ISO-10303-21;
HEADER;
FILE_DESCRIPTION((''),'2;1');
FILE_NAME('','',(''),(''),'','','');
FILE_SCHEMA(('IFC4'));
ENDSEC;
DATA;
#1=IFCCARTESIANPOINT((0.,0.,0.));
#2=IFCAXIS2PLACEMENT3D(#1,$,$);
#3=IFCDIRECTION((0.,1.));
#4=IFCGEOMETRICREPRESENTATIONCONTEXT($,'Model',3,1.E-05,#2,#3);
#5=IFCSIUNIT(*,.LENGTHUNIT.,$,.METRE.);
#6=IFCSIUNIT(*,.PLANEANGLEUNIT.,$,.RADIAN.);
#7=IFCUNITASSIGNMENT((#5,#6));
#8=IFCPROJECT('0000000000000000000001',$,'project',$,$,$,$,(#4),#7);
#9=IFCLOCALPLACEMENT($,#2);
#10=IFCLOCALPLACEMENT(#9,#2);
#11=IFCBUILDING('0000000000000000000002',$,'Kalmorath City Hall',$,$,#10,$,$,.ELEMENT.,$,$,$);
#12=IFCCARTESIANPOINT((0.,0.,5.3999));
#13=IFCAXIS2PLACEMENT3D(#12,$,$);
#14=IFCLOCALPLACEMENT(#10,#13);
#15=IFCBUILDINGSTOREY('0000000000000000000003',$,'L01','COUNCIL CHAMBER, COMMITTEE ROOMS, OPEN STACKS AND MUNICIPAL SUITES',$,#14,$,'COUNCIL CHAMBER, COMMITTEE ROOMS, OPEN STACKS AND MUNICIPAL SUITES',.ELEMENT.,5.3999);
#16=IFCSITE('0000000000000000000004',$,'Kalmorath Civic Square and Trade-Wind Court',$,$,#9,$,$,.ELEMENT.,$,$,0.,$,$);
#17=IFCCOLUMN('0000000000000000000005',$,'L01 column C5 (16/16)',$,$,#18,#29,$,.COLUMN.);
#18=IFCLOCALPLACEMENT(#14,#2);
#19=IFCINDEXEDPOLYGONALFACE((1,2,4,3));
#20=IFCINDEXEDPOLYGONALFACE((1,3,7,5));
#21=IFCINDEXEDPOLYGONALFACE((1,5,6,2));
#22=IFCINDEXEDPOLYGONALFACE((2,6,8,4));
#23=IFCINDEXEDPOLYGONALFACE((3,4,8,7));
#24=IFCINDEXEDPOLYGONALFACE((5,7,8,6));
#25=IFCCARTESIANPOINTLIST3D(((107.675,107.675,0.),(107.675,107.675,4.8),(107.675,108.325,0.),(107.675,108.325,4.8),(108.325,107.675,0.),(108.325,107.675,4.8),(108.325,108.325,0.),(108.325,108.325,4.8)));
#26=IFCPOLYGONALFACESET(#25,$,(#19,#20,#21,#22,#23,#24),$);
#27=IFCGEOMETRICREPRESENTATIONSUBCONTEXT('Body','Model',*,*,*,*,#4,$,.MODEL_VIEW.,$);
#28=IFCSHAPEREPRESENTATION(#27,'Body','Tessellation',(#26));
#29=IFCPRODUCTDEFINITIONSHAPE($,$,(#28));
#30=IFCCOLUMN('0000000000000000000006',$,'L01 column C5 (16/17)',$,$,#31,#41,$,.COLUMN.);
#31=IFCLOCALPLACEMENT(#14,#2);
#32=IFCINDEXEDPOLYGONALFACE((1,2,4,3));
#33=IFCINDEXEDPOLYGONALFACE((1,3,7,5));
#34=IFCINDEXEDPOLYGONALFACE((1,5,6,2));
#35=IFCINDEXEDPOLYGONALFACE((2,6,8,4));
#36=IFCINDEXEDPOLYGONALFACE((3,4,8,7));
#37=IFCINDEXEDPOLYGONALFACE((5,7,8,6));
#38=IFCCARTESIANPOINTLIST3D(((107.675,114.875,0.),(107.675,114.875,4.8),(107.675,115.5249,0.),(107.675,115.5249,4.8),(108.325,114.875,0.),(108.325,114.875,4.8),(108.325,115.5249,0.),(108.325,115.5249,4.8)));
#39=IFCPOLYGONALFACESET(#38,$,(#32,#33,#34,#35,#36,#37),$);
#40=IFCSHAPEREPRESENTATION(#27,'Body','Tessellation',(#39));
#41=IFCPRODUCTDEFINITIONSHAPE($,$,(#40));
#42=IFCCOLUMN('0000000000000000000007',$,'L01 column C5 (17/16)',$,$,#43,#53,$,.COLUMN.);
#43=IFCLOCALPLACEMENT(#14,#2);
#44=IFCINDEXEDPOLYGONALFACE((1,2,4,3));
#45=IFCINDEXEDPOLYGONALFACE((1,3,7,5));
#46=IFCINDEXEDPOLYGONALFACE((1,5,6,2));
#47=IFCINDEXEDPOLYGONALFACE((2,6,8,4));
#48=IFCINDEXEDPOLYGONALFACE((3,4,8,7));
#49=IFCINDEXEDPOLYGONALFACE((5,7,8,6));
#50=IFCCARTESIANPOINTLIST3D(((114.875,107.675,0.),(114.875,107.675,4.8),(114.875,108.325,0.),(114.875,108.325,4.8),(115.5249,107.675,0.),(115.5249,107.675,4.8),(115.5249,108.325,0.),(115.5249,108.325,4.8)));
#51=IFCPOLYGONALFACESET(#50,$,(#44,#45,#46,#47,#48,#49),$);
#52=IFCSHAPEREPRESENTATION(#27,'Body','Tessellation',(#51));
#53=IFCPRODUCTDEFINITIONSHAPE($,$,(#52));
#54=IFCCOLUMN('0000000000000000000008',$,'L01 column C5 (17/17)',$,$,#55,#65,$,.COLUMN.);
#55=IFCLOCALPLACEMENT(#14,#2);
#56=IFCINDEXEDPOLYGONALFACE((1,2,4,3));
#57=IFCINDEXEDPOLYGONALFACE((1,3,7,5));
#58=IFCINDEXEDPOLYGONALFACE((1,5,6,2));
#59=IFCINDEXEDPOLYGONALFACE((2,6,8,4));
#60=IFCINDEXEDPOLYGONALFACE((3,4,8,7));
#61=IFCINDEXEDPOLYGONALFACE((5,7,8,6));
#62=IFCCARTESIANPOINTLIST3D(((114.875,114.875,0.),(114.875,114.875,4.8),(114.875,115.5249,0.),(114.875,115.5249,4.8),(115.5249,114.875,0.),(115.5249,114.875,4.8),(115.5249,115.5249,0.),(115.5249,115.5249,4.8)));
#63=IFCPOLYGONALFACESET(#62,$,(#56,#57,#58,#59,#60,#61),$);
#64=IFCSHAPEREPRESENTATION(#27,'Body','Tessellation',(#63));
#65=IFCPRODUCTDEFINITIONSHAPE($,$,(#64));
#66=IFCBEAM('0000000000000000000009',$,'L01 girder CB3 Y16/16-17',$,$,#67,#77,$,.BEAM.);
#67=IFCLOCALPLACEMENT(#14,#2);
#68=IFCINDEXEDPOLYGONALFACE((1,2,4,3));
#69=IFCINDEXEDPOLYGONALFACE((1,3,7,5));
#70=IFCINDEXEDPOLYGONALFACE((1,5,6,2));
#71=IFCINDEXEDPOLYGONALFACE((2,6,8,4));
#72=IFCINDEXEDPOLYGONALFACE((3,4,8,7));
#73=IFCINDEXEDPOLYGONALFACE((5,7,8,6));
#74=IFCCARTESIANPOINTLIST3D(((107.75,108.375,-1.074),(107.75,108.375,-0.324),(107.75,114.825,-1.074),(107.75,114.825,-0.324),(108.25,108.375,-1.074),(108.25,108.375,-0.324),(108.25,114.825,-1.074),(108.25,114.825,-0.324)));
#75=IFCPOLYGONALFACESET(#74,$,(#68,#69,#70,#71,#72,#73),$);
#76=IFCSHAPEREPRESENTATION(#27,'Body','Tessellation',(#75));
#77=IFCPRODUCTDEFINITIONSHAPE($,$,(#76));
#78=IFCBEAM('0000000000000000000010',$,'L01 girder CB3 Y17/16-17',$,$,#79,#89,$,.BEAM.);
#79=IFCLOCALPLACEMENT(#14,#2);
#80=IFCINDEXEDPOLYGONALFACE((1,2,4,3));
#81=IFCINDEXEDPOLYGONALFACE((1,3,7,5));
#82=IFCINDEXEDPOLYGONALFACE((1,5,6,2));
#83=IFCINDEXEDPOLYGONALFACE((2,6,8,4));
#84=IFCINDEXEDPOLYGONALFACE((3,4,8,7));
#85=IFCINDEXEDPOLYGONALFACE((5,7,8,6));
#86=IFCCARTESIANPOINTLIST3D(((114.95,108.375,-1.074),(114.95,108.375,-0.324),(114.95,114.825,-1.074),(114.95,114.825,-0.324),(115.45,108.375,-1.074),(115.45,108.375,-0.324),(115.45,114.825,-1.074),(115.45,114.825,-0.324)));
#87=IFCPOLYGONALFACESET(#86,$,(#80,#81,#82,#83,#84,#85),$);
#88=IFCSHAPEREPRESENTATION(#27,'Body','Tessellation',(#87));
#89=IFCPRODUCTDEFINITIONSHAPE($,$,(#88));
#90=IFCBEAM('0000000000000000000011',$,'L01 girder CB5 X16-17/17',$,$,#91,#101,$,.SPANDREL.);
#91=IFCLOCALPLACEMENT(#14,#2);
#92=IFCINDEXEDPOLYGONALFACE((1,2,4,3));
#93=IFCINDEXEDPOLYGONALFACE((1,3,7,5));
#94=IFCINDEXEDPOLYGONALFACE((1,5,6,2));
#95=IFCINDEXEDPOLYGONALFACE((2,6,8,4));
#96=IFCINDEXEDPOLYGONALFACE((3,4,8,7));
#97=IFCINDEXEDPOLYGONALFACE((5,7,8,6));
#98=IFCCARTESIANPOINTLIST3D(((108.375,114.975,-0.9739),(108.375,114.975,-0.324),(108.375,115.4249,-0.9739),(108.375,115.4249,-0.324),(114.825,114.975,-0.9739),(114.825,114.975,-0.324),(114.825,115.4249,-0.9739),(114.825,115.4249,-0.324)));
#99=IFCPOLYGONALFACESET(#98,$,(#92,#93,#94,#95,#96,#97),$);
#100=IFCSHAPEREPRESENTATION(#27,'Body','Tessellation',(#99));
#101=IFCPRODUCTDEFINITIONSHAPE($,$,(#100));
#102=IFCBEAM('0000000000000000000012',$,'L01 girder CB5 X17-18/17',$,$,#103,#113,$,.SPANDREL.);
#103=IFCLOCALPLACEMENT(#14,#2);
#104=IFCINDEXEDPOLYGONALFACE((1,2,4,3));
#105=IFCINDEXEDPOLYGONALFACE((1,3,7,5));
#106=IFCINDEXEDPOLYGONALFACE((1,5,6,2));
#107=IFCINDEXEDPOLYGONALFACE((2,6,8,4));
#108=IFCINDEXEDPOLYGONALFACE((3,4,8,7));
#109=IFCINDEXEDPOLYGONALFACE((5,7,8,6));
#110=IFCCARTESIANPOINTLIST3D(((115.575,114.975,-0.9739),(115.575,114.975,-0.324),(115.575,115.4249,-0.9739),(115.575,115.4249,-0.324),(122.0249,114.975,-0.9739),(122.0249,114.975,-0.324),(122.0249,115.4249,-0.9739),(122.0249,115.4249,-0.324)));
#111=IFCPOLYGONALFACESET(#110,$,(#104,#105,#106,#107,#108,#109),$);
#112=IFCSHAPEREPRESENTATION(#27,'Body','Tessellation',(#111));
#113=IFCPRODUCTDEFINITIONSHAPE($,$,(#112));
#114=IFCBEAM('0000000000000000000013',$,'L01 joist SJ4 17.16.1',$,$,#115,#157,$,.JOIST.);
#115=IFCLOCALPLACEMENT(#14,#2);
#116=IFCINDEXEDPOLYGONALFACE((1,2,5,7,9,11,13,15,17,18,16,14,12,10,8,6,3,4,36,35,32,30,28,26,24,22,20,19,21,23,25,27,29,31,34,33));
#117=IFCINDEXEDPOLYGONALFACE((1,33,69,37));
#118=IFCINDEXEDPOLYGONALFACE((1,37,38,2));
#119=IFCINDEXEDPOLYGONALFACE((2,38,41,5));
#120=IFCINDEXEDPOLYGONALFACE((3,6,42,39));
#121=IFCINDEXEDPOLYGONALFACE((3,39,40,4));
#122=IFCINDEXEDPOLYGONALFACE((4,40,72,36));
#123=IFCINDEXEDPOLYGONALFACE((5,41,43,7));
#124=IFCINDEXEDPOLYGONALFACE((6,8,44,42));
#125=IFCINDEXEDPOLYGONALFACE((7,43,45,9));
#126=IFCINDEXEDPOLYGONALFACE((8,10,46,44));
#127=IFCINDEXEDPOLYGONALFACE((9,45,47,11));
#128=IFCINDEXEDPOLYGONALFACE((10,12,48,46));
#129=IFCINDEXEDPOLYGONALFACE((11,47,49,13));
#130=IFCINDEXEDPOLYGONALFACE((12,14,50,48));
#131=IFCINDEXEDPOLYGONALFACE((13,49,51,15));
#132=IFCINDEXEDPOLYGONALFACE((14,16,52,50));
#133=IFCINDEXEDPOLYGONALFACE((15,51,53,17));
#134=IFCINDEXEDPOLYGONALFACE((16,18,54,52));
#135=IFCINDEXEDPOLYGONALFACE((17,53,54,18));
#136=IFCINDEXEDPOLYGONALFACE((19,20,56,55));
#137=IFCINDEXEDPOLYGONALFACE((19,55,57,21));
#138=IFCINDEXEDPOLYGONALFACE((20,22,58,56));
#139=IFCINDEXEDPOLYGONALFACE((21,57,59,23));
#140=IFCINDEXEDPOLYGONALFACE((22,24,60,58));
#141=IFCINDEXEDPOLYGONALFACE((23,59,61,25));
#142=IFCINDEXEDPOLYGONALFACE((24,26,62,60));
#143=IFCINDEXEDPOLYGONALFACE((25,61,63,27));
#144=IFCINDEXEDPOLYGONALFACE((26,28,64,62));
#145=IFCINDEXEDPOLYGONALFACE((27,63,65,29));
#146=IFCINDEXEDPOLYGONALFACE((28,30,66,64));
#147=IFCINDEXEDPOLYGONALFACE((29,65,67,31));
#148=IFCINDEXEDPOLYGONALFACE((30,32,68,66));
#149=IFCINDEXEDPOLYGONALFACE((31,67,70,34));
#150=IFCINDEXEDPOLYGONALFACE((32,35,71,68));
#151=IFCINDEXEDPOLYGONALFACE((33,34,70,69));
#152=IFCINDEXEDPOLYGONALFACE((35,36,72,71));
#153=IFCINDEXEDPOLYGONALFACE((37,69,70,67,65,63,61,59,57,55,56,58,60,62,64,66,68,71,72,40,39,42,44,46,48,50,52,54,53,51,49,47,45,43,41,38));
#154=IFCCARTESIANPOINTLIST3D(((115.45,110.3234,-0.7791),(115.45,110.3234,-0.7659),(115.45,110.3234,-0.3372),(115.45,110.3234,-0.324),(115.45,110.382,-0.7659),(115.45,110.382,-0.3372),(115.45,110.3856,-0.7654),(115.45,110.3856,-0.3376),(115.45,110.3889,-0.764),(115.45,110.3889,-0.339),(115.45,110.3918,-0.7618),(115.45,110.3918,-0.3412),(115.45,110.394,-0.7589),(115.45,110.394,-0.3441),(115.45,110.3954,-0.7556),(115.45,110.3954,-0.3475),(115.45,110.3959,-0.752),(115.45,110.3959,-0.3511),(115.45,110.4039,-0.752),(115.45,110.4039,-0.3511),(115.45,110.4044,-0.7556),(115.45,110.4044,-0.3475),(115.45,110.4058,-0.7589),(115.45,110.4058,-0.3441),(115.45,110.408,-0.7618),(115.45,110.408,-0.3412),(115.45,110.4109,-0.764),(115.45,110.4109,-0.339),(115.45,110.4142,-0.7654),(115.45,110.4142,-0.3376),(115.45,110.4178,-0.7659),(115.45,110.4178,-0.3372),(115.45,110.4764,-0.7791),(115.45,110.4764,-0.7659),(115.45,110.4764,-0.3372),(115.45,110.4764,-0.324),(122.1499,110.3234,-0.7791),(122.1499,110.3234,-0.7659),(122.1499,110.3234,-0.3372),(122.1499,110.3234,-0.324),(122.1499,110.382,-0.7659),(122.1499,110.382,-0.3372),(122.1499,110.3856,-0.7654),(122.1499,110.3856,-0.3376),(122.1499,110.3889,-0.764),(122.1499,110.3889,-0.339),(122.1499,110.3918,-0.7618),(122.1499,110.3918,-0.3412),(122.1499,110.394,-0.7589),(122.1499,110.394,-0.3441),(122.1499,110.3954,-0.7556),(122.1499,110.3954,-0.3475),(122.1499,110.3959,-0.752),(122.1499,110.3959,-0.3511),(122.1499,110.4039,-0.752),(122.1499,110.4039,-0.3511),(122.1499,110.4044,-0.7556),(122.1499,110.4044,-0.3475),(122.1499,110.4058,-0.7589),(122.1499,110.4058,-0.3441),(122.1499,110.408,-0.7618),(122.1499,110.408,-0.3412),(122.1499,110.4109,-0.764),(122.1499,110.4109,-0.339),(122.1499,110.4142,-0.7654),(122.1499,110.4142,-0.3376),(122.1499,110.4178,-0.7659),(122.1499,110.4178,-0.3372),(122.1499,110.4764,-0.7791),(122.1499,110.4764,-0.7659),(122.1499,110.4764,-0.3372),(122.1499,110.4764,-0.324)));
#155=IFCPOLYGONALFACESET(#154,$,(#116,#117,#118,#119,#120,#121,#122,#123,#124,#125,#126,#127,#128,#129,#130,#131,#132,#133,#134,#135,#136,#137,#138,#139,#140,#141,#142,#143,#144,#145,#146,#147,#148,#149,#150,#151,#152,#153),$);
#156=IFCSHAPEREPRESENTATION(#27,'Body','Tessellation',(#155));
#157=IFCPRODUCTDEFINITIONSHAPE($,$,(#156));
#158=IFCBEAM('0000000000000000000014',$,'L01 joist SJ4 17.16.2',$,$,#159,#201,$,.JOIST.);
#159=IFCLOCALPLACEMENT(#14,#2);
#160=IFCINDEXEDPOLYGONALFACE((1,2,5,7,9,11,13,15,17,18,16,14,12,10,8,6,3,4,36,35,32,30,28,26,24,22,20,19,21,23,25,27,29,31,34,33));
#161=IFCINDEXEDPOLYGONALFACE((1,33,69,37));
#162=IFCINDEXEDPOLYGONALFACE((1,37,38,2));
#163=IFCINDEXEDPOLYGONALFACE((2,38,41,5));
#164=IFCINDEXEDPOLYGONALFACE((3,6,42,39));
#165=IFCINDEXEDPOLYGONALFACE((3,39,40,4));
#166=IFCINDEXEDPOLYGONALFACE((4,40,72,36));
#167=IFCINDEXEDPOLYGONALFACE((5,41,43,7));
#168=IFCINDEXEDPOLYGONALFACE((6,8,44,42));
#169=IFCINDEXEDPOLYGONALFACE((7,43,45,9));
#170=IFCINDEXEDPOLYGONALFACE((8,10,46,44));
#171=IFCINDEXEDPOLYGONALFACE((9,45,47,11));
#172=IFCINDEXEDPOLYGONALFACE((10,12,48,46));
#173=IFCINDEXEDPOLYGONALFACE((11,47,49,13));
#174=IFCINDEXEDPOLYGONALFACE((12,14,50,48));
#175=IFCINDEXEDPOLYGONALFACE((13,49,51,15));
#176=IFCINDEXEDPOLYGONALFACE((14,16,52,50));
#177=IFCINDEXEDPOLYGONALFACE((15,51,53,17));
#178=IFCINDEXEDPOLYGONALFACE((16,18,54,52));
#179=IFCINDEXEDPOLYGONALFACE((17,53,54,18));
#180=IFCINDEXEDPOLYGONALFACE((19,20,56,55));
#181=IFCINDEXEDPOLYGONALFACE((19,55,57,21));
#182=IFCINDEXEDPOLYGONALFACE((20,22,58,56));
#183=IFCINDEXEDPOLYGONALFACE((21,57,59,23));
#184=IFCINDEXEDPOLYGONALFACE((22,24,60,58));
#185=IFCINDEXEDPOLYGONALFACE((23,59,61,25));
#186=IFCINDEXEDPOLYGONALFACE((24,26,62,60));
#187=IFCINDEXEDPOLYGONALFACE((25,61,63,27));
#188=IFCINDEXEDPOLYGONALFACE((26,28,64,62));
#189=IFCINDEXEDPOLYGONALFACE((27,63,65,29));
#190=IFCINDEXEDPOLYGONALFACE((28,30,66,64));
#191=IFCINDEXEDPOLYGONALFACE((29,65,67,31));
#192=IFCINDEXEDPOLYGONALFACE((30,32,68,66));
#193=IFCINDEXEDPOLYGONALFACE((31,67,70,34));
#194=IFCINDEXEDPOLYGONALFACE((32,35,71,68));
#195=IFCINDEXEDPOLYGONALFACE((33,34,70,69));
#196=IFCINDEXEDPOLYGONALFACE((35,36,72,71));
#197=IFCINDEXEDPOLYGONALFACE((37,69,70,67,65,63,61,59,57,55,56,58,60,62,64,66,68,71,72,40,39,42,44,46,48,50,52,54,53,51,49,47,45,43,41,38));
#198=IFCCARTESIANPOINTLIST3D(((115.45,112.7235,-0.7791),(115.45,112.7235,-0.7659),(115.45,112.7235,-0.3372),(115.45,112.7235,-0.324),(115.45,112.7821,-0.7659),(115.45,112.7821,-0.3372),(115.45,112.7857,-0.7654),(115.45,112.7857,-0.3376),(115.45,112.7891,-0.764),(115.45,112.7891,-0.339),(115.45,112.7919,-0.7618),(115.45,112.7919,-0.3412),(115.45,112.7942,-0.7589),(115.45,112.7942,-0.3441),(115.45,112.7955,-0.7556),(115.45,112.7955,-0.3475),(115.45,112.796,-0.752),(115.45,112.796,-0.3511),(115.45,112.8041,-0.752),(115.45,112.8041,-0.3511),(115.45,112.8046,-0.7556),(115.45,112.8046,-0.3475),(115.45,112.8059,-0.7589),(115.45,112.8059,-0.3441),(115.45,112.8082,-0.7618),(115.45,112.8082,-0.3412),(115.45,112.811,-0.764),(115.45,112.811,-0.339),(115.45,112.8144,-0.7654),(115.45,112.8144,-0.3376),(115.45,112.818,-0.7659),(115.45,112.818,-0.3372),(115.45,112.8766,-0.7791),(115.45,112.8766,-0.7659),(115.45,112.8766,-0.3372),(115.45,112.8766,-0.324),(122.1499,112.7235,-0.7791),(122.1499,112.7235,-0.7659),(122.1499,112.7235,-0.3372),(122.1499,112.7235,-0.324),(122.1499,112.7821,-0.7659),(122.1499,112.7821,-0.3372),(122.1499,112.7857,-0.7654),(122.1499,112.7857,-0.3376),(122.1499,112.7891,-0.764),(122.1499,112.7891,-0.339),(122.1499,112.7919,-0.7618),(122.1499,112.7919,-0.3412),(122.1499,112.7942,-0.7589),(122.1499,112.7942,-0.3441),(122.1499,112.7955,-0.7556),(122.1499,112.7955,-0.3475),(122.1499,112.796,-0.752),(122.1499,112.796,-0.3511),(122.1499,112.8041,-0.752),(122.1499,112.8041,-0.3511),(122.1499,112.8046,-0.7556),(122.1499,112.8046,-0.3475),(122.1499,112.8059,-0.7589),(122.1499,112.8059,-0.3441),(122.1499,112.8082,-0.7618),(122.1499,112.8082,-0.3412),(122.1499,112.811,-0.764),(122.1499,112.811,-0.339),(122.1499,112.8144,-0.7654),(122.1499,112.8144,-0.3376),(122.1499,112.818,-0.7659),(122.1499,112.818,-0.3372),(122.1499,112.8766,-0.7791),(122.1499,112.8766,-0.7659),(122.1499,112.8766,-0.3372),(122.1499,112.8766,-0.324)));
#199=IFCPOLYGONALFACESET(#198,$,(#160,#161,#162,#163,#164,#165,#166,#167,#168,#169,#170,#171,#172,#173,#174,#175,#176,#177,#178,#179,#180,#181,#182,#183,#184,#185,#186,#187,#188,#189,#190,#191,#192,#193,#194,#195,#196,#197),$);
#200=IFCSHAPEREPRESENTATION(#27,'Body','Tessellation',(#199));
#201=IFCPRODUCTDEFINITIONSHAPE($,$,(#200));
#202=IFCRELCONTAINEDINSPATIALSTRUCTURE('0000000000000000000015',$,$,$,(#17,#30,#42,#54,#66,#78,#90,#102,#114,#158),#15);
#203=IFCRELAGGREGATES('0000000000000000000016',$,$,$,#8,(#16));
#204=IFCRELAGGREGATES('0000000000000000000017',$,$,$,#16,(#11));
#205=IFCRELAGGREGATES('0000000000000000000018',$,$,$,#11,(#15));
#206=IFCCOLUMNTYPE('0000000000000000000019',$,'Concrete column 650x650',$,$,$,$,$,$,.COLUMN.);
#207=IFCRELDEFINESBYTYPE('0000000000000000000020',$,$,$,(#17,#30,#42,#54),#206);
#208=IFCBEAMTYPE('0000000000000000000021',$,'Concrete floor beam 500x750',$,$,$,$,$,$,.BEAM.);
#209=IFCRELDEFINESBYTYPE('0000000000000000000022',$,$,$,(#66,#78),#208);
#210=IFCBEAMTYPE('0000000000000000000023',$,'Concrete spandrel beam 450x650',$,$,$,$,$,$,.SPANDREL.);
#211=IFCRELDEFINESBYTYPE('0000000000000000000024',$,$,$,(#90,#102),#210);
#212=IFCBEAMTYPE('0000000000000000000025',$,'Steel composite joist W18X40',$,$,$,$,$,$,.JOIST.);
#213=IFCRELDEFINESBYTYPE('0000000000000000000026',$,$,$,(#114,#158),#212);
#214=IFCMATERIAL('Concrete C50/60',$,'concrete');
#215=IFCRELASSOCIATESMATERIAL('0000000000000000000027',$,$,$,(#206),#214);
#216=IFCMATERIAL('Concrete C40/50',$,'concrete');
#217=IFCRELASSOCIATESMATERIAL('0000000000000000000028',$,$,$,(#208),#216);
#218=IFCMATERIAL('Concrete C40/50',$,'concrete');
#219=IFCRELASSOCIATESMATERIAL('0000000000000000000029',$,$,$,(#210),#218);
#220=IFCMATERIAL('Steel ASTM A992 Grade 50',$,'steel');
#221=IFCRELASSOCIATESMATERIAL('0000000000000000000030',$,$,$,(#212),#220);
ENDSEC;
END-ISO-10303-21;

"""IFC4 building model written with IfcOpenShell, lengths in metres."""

from ifc_helpers import new_model, si_unit, direction, frame, origin, origin_2d, place, context, subcontext, project, spatial, rectangle, i_section, extrude, material, material_profile, profile_set, type_object, element, save


model = new_model("IFC4")

# Units and contexts
model_context = context("Model", 3, precision=1e-05, world=origin(), true_north=direction((0.0, 1.0)))
body_context = subcontext(model_context, "Body", "Model", "MODEL_VIEW")
ifc_project = project(units=[si_unit("LENGTHUNIT", "METRE"), si_unit("PLANEANGLEUNIT", "RADIAN")], contexts=[model_context])

# Site, building, storey
site_placement = place(None, origin())
site = spatial("IfcSite", under=ifc_project, at=site_placement, Name="Kalmorath Civic Square and Trade-Wind Court", CompositionType="ELEMENT", RefElevation=0.0)
building_placement = place(site_placement, origin())
building = spatial("IfcBuilding", under=site, at=building_placement, Name="Kalmorath City Hall", CompositionType="ELEMENT")
storey_placement = place(building_placement, frame((0.0, 0.0, 5.3999)))
storey = spatial("IfcBuildingStorey", under=building, at=storey_placement, Name="L01", Description="COUNCIL CHAMBER, COMMITTEE ROOMS, OPEN STACKS AND MUNICIPAL SUITES", LongName="COUNCIL CHAMBER, COMMITTEE ROOMS, OPEN STACKS AND MUNICIPAL SUITES", CompositionType="ELEMENT", Elevation=5.3999)

# Columns
ifc_material_1 = material(Name="Concrete C50/60", Category="concrete")
ifc_material_profile_1 = material_profile(ifc_material_1, rectangle(XDim=0.6499, YDim=0.6499, at=origin_2d()), Name="RC-COL-650X650")
ifc_profile_set_1 = profile_set([ifc_material_profile_1], Name="Concrete C50/60")
column_type = type_object("IfcColumnType", Name="Concrete column 650x650", PredefinedType="COLUMN", material=ifc_profile_set_1)
for number, where, z_axis, x_axis, name in (
    (1, (108.0, 108.0, 0.0), (0.0, 0.0, 1.0), (1.0, 0.0, 0.0), "L01 column C5 (16/16)"),
    (2, (108.0, 115.2, 0.0), (0.0, 0.0, 1.0), (1.0, 0.0, 0.0), "L01 column C5 (16/17)"),
    (3, (115.2, 108.0, 0.0), (0.0, 0.0, 1.0), (1.0, 0.0, 0.0), "L01 column C5 (17/16)"),
    (4, (115.2, 115.2, 0.0), (0.0, 0.0, 1.0), (1.0, 0.0, 0.0), "L01 column C5 (17/17)"),
):
    element("IfcColumn", number, at=place(storey_placement, frame(where, z_axis=z_axis, x_axis=x_axis)), inside=storey, type_object=column_type, Name=name, PredefinedType="COLUMN", context=body_context, shape_type="SweptSolid", body=[
        extrude(rectangle(XDim=0.6499, YDim=0.6499, at=origin_2d()), origin(), (0.0, 0.0, 1.0), 4.8),
    ])

# Beams
ifc_material_2 = material(Name="Concrete C40/50", Category="concrete")
ifc_material_profile_2 = material_profile(ifc_material_2, rectangle(XDim=0.5, YDim=0.75, at=origin_2d()), Name="RC-BM-500X750")
ifc_profile_set_2 = profile_set([ifc_material_profile_2], Name="Concrete C40/50")
beam_type_1 = type_object("IfcBeamType", Name="Concrete floor beam 500x750", PredefinedType="BEAM", material=ifc_profile_set_2)
for number, where, z_axis, x_axis, name in (
    (5, (108.0, 108.375, -0.699), (0.0, 1.0, 0.0), (-1.0, 0.0, 0.0), "L01 girder CB3 Y16/16-17"),
    (6, (115.2, 108.375, -0.699), (0.0, 1.0, 0.0), (-1.0, 0.0, 0.0), "L01 girder CB3 Y17/16-17"),
):
    element("IfcBeam", number, at=place(storey_placement, frame(where, z_axis=z_axis, x_axis=x_axis)), inside=storey, type_object=beam_type_1, Name=name, PredefinedType="BEAM", context=body_context, shape_type="SweptSolid", body=[
        extrude(rectangle(XDim=0.5, YDim=0.75, at=origin_2d()), origin(), (0.0, 0.0, 1.0), 6.45),
    ])
ifc_material_3 = material(Name="Concrete C40/50", Category="concrete")
ifc_material_profile_3 = material_profile(ifc_material_3, rectangle(XDim=0.45, YDim=0.6499, at=origin_2d()), Name="RC-BM-450X650")
ifc_profile_set_3 = profile_set([ifc_material_profile_3], Name="Concrete C40/50")
beam_type_2 = type_object("IfcBeamType", Name="Concrete spandrel beam 450x650", PredefinedType="SPANDREL", material=ifc_profile_set_3)
for number, where, z_axis, x_axis, name in (
    (7, (108.375, 115.2, -0.6489), (1.0, 0.0, 0.0), (0.0, 1.0, 0.0), "L01 girder CB5 X16-17/17"),
    (8, (115.575, 115.2, -0.6489), (1.0, 0.0, 0.0), (0.0, 1.0, 0.0), "L01 girder CB5 X17-18/17"),
):
    element("IfcBeam", number, at=place(storey_placement, frame(where, z_axis=z_axis, x_axis=x_axis)), inside=storey, type_object=beam_type_2, Name=name, PredefinedType="SPANDREL", context=body_context, shape_type="SweptSolid", body=[
        extrude(rectangle(XDim=0.45, YDim=0.6499, at=origin_2d()), origin(), (0.0, 0.0, 1.0), 6.45),
    ])
ifc_material_4 = material(Name="Steel ASTM A992 Grade 50", Category="steel")
ifc_material_profile_4 = material_profile(ifc_material_4, i_section(OverallWidth=0.1531, OverallDepth=0.4551, WebThickness=0.0081, FlangeThickness=0.0132, FilletRadius=0.0139, at=origin_2d()), Name="W18X40")
ifc_profile_set_4 = profile_set([ifc_material_profile_4], Name="Steel ASTM A992 Grade 50")
beam_type_3 = type_object("IfcBeamType", Name="Steel composite joist W18X40", PredefinedType="JOIST", material=ifc_profile_set_4)
for number, where, z_axis, x_axis, name in (
    (9, (115.45, 110.3999, -0.5515), (1.0, 0.0, 0.0), (0.0, 1.0, 0.0), "L01 joist SJ4 17.16.1"),
    (10, (115.45, 112.8, -0.5515), (1.0, 0.0, 0.0), (0.0, 1.0, 0.0), "L01 joist SJ4 17.16.2"),
):
    element("IfcBeam", number, at=place(storey_placement, frame(where, z_axis=z_axis, x_axis=x_axis)), inside=storey, type_object=beam_type_3, Name=name, PredefinedType="JOIST", context=body_context, shape_type="SweptSolid", body=[
        extrude(i_section(OverallWidth=0.1531, OverallDepth=0.4551, WebThickness=0.0081, FlangeThickness=0.0132, FilletRadius=0.0139, at=origin_2d()), origin(), (0.0, 0.0, 1.0), 6.7),
    ])

save(model, "model.ifc")
